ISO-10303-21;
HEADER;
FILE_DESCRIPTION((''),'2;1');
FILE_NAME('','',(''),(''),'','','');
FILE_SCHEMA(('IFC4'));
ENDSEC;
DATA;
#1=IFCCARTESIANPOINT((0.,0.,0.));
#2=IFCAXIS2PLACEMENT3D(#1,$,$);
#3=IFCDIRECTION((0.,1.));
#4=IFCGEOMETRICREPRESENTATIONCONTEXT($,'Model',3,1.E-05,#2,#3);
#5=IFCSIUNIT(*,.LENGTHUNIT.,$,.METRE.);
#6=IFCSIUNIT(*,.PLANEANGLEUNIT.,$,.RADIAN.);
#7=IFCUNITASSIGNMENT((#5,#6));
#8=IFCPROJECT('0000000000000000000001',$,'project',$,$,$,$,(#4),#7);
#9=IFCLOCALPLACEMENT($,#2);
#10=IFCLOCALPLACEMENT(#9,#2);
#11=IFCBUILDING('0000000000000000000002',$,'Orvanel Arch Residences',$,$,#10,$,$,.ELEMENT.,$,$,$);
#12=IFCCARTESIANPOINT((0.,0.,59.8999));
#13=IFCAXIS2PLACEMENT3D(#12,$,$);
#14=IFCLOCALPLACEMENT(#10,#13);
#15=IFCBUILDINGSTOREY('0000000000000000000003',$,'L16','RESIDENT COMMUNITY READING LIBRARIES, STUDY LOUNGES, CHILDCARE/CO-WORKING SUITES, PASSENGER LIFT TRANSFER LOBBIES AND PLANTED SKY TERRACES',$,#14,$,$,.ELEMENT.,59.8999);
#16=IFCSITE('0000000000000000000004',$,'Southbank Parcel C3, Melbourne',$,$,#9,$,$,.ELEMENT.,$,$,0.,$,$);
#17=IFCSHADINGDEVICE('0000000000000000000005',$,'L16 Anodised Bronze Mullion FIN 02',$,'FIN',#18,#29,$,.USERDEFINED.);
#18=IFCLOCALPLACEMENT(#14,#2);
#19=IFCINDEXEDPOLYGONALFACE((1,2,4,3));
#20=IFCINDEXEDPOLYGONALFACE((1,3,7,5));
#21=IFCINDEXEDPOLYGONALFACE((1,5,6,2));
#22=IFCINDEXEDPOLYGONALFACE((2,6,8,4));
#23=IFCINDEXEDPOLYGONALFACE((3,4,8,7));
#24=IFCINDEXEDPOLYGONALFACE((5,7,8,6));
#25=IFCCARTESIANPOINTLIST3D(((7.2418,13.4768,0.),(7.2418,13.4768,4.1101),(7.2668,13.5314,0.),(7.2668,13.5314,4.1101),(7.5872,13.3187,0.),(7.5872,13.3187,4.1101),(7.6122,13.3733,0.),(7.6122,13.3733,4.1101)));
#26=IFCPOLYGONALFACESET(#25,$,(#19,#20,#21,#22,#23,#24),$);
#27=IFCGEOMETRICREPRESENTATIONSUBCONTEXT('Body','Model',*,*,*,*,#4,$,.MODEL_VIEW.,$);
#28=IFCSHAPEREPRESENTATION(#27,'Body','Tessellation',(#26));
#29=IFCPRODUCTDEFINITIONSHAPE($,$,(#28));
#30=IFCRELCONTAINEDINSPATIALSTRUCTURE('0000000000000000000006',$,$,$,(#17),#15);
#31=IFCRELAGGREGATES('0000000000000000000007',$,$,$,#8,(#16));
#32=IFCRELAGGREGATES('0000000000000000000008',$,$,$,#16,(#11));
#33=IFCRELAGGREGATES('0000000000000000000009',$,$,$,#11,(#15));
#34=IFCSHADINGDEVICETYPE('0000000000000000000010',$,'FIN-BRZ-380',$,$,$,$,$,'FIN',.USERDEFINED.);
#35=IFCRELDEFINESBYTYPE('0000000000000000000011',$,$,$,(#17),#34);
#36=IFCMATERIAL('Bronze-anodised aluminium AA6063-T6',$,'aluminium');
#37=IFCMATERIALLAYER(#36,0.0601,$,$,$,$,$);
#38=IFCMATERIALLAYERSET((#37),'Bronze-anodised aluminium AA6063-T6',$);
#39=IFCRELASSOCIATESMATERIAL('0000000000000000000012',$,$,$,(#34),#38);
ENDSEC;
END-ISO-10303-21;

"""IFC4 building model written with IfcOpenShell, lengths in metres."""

from ifc_helpers import new_model, si_unit, direction, frame, origin, origin_2d, place, context, subcontext, project, spatial, rectangle, extrude, material, layer, layer_set, type_object, element, save


model = new_model("IFC4")

# Units and contexts
model_context = context("Model", 3, precision=1e-05, world=origin(), true_north=direction((0.0, 1.0)))
body_context = subcontext(model_context, "Body", "Model", "MODEL_VIEW")
ifc_project = project(units=[si_unit("LENGTHUNIT", "METRE"), si_unit("PLANEANGLEUNIT", "RADIAN")], contexts=[model_context])

# Site, building, storey
site_placement = place(None, origin())
site = spatial("IfcSite", under=ifc_project, at=site_placement, Name="Southbank Parcel C3, Melbourne", CompositionType="ELEMENT", RefElevation=0.0)
building_placement = place(site_placement, origin())
building = spatial("IfcBuilding", under=site, at=building_placement, Name="Orvanel Arch Residences", CompositionType="ELEMENT")
storey_placement = place(building_placement, frame((0.0, 0.0, 59.8999)))
storey = spatial("IfcBuildingStorey", under=building, at=storey_placement, Name="L16", Description="RESIDENT COMMUNITY READING LIBRARIES, STUDY LOUNGES, CHILDCARE/CO-WORKING SUITES, PASSENGER LIFT TRANSFER LOBBIES AND PLANTED SKY TERRACES", CompositionType="ELEMENT", Elevation=59.8999)

# Shared definitions
ifc_material_1 = material(Name="Bronze-anodised aluminium AA6063-T6", Category="aluminium")

# Shading device
ifc_layer_1 = layer(ifc_material_1, 0.0601)
ifc_layer_set_1 = layer_set([ifc_layer_1], Name="Bronze-anodised aluminium AA6063-T6")
shading_device_type = type_object("IfcShadingDeviceType", Name="FIN-BRZ-380", ElementType="FIN", PredefinedType="USERDEFINED", material=ifc_layer_set_1)
for number, where, z_axis, x_axis, name in (
    (1, (7.427, 13.425, 0.0), (0.0, 0.0, 1.0), (-0.909236, 0.416281, 0.0), "L16 Anodised Bronze Mullion FIN 02"),
):
    element("IfcShadingDevice", number, at=place(storey_placement, frame(where, z_axis=z_axis, x_axis=x_axis)), inside=storey, type_object=shading_device_type, Name=name, ObjectType="FIN", PredefinedType="USERDEFINED", context=body_context, shape_type="SweptSolid", body=[
        extrude(rectangle(XDim=0.3799, YDim=0.0601, at=origin_2d()), origin(), (0.0, 0.0, 1.0), 4.1101),
    ])

save(model, "model.ifc")
